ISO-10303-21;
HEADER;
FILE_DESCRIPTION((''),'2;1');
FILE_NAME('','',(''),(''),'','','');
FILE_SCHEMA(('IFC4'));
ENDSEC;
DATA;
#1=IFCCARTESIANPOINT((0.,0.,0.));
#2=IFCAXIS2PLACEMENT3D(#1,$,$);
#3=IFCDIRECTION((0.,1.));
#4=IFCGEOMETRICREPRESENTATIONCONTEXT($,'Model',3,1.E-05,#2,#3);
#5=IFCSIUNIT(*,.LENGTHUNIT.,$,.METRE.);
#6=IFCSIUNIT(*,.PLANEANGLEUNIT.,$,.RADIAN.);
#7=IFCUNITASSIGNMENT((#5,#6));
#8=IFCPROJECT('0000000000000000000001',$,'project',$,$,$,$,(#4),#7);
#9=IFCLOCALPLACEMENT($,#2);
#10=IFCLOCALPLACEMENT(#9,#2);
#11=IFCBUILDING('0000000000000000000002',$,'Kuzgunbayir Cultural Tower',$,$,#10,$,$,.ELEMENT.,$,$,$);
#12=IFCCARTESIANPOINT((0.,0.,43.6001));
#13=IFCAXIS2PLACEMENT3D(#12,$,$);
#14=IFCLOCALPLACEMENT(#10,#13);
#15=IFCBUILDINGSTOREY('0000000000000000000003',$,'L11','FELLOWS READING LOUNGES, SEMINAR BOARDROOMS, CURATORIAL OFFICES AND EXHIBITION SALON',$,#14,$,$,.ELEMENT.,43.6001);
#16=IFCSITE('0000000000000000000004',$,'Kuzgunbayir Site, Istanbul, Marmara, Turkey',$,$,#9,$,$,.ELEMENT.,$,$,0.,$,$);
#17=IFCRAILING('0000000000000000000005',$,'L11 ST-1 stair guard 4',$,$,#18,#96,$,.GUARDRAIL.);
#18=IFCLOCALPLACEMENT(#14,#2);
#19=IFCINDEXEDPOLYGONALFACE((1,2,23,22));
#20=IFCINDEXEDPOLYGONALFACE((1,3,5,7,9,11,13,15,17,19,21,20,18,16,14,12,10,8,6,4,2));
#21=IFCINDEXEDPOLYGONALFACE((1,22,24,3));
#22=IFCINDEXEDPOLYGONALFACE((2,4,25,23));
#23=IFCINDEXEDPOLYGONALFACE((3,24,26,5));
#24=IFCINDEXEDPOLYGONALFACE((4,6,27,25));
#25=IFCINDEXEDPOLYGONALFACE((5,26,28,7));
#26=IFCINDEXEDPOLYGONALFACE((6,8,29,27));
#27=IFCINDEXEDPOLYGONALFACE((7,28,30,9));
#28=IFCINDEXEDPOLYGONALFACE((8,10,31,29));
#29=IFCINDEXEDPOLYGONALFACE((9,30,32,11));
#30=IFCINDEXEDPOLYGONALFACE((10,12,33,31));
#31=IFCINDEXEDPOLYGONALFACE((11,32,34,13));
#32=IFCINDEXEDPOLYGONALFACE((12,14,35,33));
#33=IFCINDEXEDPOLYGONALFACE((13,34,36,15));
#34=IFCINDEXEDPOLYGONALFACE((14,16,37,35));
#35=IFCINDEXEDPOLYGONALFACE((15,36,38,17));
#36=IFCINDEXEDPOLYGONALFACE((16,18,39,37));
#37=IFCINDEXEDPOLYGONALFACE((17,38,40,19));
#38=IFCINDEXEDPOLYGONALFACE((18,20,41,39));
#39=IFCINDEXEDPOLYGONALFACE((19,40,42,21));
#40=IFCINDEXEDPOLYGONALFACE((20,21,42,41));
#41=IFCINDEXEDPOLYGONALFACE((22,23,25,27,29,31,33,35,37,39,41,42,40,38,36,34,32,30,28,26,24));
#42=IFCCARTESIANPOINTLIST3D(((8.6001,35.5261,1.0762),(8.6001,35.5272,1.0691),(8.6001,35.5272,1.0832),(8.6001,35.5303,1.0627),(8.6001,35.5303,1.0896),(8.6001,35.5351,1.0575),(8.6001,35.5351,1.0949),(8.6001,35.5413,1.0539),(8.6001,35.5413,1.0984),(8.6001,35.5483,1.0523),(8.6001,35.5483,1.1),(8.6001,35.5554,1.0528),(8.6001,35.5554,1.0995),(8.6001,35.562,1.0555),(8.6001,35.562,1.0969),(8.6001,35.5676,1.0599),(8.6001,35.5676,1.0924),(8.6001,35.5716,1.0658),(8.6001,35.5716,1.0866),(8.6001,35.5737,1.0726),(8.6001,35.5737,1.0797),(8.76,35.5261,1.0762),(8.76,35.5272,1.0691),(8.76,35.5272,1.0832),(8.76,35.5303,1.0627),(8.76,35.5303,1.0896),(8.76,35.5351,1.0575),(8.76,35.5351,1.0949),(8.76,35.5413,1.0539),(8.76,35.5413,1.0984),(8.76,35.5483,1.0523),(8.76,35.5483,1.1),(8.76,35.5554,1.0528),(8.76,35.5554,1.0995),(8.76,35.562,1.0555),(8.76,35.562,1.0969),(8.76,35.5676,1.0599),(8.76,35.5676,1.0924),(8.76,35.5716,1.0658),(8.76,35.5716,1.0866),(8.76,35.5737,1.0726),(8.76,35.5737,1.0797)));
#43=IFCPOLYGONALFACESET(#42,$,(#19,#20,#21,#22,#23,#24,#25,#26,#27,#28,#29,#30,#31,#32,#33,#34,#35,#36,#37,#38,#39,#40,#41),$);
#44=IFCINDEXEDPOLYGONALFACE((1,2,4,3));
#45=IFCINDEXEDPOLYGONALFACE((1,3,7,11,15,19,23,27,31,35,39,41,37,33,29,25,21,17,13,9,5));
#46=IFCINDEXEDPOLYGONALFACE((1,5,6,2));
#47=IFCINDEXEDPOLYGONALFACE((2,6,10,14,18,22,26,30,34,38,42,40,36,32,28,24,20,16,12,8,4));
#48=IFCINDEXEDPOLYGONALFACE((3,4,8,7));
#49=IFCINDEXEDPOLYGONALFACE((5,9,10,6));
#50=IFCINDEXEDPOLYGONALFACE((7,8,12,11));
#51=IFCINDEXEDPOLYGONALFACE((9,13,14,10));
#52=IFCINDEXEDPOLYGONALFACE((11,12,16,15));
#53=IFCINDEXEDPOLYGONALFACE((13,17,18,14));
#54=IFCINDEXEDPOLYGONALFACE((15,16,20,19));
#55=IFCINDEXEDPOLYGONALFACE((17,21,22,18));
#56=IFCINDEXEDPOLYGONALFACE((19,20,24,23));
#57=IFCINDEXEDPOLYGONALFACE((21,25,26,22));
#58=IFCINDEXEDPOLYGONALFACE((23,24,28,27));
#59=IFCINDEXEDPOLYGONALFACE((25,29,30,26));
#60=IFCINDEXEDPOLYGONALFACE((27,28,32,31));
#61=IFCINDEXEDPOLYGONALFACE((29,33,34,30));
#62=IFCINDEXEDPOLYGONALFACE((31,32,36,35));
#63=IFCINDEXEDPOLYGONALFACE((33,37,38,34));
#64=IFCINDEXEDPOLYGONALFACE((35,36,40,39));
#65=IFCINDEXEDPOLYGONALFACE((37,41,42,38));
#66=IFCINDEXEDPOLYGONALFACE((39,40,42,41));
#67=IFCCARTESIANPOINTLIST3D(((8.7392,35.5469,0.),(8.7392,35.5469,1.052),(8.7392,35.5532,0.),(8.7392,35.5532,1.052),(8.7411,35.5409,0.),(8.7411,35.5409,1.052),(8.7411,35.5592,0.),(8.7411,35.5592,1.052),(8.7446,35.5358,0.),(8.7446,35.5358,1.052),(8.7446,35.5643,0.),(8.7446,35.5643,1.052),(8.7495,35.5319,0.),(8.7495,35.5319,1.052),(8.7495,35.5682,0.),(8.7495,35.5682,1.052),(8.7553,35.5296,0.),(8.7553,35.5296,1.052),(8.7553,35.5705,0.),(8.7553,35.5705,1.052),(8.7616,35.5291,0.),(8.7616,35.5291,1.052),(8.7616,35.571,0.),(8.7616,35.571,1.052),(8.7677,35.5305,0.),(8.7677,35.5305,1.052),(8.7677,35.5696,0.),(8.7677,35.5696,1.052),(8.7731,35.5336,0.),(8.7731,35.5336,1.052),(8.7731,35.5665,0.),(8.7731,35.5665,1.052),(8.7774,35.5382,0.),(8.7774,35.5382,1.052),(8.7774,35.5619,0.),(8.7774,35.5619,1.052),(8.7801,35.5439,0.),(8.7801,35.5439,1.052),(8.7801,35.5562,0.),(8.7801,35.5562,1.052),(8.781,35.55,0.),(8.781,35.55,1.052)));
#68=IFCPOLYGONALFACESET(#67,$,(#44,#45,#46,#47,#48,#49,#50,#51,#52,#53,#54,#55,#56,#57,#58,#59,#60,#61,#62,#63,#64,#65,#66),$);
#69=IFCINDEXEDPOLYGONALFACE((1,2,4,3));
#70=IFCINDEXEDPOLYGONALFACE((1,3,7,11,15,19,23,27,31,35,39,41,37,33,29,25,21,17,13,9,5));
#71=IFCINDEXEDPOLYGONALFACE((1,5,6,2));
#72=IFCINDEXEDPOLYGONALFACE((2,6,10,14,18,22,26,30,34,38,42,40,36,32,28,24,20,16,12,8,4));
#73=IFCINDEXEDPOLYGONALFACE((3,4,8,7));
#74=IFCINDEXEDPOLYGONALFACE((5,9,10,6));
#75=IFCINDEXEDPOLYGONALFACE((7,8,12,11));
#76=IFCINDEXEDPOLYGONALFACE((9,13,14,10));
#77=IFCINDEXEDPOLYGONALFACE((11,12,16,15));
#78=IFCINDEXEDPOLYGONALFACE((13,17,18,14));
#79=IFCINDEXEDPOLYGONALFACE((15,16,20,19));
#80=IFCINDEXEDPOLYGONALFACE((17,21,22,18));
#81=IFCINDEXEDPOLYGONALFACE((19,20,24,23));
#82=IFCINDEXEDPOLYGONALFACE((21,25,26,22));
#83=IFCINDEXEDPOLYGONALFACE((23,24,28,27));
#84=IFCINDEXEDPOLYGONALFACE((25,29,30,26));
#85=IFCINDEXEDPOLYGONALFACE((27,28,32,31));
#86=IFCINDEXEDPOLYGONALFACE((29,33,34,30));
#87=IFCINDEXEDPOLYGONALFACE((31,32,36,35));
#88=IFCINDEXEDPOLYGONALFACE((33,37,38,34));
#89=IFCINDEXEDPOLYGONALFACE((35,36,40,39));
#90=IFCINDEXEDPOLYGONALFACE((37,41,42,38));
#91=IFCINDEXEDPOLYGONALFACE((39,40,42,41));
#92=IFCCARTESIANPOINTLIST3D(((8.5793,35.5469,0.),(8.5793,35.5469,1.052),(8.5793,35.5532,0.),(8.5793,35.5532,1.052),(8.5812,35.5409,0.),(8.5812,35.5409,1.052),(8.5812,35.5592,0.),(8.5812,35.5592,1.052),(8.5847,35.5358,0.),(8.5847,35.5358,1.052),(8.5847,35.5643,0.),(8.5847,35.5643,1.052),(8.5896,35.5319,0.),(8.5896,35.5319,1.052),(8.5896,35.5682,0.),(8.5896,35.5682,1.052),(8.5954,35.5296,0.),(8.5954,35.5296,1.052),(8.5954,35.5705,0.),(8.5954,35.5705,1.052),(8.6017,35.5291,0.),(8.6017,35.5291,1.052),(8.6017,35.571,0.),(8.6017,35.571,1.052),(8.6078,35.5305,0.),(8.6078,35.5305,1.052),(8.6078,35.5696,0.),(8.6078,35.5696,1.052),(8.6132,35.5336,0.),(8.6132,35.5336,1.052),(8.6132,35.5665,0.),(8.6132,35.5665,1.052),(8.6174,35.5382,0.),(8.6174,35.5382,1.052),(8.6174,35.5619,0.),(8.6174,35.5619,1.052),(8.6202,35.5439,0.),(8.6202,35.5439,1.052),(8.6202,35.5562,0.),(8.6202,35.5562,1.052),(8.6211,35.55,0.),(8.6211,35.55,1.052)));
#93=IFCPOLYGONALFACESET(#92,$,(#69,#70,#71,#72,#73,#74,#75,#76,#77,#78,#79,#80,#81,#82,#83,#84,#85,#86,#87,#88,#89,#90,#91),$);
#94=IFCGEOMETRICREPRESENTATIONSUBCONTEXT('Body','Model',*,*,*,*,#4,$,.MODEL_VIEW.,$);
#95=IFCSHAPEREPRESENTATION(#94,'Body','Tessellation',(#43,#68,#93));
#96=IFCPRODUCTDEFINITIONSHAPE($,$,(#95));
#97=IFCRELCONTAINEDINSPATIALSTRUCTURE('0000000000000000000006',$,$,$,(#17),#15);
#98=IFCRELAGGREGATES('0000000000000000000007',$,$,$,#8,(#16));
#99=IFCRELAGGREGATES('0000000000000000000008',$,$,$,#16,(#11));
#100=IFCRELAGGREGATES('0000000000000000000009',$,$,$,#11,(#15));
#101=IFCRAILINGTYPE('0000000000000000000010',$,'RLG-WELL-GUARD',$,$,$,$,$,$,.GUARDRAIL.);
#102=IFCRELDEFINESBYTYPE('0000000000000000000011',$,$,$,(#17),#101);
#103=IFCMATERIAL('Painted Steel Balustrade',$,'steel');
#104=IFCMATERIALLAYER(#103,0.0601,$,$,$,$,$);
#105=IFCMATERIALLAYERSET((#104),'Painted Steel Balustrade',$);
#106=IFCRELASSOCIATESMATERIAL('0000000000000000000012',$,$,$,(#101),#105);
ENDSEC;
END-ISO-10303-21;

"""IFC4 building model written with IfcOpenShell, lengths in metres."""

from ifc_helpers import new_model, si_unit, direction, frame, origin, origin_2d, place, context, subcontext, project, spatial, circle, extrude, material, layer, layer_set, type_object, element, save


model = new_model("IFC4")

# Units and contexts
model_context = context("Model", 3, precision=1e-05, world=origin(), true_north=direction((0.0, 1.0)))
body_context = subcontext(model_context, "Body", "Model", "MODEL_VIEW")
ifc_project = project(units=[si_unit("LENGTHUNIT", "METRE"), si_unit("PLANEANGLEUNIT", "RADIAN")], contexts=[model_context])

# Site, building, storey
site_placement = place(None, origin())
site = spatial("IfcSite", under=ifc_project, at=site_placement, Name="Kuzgunbayir Site, Istanbul, Marmara, Turkey", CompositionType="ELEMENT", RefElevation=0.0)
building_placement = place(site_placement, origin())
building = spatial("IfcBuilding", under=site, at=building_placement, Name="Kuzgunbayir Cultural Tower", CompositionType="ELEMENT")
storey_placement = place(building_placement, frame((0.0, 0.0, 43.6001)))
storey = spatial("IfcBuildingStorey", under=building, at=storey_placement, Name="L11", Description="FELLOWS READING LOUNGES, SEMINAR BOARDROOMS, CURATORIAL OFFICES AND EXHIBITION SALON", CompositionType="ELEMENT", Elevation=43.6001)

# Railing
ifc_material_1 = material(Name="Painted Steel Balustrade", Category="steel")
ifc_layer_1 = layer(ifc_material_1, 0.0601)
ifc_layer_set_1 = layer_set([ifc_layer_1], Name="Painted Steel Balustrade")
railing_type_1 = type_object("IfcRailingType", Name="RLG-WELL-GUARD", PredefinedType="GUARDRAIL", material=ifc_layer_set_1)
railing_1_placement = place(storey_placement, frame((8.76, 35.55, 0.0)))
element("IfcRailing", 1, at=railing_1_placement, inside=storey, type_object=railing_type_1, Name="L11 ST-1 stair guard 4", PredefinedType="GUARDRAIL", context=body_context, shape_type="SweptSolid", body=[
    extrude(circle(Radius=0.0239, at=origin_2d()), frame((0.0, 0.0, 1.0762), z_axis=(-1.0, 0.0, 0.0), x_axis=(0.0, -1.0, 0.0)), (0.0, 0.0, 1.0), 0.1599),
    extrude(circle(Radius=0.021, at=origin_2d()), origin(), (0.0, 0.0, 1.0), 1.052),
    extrude(circle(Radius=0.021, at=origin_2d()), frame((-0.1599, 0.0, 0.0)), (0.0, 0.0, 1.0), 1.052),
])

save(model, "model.ifc")
